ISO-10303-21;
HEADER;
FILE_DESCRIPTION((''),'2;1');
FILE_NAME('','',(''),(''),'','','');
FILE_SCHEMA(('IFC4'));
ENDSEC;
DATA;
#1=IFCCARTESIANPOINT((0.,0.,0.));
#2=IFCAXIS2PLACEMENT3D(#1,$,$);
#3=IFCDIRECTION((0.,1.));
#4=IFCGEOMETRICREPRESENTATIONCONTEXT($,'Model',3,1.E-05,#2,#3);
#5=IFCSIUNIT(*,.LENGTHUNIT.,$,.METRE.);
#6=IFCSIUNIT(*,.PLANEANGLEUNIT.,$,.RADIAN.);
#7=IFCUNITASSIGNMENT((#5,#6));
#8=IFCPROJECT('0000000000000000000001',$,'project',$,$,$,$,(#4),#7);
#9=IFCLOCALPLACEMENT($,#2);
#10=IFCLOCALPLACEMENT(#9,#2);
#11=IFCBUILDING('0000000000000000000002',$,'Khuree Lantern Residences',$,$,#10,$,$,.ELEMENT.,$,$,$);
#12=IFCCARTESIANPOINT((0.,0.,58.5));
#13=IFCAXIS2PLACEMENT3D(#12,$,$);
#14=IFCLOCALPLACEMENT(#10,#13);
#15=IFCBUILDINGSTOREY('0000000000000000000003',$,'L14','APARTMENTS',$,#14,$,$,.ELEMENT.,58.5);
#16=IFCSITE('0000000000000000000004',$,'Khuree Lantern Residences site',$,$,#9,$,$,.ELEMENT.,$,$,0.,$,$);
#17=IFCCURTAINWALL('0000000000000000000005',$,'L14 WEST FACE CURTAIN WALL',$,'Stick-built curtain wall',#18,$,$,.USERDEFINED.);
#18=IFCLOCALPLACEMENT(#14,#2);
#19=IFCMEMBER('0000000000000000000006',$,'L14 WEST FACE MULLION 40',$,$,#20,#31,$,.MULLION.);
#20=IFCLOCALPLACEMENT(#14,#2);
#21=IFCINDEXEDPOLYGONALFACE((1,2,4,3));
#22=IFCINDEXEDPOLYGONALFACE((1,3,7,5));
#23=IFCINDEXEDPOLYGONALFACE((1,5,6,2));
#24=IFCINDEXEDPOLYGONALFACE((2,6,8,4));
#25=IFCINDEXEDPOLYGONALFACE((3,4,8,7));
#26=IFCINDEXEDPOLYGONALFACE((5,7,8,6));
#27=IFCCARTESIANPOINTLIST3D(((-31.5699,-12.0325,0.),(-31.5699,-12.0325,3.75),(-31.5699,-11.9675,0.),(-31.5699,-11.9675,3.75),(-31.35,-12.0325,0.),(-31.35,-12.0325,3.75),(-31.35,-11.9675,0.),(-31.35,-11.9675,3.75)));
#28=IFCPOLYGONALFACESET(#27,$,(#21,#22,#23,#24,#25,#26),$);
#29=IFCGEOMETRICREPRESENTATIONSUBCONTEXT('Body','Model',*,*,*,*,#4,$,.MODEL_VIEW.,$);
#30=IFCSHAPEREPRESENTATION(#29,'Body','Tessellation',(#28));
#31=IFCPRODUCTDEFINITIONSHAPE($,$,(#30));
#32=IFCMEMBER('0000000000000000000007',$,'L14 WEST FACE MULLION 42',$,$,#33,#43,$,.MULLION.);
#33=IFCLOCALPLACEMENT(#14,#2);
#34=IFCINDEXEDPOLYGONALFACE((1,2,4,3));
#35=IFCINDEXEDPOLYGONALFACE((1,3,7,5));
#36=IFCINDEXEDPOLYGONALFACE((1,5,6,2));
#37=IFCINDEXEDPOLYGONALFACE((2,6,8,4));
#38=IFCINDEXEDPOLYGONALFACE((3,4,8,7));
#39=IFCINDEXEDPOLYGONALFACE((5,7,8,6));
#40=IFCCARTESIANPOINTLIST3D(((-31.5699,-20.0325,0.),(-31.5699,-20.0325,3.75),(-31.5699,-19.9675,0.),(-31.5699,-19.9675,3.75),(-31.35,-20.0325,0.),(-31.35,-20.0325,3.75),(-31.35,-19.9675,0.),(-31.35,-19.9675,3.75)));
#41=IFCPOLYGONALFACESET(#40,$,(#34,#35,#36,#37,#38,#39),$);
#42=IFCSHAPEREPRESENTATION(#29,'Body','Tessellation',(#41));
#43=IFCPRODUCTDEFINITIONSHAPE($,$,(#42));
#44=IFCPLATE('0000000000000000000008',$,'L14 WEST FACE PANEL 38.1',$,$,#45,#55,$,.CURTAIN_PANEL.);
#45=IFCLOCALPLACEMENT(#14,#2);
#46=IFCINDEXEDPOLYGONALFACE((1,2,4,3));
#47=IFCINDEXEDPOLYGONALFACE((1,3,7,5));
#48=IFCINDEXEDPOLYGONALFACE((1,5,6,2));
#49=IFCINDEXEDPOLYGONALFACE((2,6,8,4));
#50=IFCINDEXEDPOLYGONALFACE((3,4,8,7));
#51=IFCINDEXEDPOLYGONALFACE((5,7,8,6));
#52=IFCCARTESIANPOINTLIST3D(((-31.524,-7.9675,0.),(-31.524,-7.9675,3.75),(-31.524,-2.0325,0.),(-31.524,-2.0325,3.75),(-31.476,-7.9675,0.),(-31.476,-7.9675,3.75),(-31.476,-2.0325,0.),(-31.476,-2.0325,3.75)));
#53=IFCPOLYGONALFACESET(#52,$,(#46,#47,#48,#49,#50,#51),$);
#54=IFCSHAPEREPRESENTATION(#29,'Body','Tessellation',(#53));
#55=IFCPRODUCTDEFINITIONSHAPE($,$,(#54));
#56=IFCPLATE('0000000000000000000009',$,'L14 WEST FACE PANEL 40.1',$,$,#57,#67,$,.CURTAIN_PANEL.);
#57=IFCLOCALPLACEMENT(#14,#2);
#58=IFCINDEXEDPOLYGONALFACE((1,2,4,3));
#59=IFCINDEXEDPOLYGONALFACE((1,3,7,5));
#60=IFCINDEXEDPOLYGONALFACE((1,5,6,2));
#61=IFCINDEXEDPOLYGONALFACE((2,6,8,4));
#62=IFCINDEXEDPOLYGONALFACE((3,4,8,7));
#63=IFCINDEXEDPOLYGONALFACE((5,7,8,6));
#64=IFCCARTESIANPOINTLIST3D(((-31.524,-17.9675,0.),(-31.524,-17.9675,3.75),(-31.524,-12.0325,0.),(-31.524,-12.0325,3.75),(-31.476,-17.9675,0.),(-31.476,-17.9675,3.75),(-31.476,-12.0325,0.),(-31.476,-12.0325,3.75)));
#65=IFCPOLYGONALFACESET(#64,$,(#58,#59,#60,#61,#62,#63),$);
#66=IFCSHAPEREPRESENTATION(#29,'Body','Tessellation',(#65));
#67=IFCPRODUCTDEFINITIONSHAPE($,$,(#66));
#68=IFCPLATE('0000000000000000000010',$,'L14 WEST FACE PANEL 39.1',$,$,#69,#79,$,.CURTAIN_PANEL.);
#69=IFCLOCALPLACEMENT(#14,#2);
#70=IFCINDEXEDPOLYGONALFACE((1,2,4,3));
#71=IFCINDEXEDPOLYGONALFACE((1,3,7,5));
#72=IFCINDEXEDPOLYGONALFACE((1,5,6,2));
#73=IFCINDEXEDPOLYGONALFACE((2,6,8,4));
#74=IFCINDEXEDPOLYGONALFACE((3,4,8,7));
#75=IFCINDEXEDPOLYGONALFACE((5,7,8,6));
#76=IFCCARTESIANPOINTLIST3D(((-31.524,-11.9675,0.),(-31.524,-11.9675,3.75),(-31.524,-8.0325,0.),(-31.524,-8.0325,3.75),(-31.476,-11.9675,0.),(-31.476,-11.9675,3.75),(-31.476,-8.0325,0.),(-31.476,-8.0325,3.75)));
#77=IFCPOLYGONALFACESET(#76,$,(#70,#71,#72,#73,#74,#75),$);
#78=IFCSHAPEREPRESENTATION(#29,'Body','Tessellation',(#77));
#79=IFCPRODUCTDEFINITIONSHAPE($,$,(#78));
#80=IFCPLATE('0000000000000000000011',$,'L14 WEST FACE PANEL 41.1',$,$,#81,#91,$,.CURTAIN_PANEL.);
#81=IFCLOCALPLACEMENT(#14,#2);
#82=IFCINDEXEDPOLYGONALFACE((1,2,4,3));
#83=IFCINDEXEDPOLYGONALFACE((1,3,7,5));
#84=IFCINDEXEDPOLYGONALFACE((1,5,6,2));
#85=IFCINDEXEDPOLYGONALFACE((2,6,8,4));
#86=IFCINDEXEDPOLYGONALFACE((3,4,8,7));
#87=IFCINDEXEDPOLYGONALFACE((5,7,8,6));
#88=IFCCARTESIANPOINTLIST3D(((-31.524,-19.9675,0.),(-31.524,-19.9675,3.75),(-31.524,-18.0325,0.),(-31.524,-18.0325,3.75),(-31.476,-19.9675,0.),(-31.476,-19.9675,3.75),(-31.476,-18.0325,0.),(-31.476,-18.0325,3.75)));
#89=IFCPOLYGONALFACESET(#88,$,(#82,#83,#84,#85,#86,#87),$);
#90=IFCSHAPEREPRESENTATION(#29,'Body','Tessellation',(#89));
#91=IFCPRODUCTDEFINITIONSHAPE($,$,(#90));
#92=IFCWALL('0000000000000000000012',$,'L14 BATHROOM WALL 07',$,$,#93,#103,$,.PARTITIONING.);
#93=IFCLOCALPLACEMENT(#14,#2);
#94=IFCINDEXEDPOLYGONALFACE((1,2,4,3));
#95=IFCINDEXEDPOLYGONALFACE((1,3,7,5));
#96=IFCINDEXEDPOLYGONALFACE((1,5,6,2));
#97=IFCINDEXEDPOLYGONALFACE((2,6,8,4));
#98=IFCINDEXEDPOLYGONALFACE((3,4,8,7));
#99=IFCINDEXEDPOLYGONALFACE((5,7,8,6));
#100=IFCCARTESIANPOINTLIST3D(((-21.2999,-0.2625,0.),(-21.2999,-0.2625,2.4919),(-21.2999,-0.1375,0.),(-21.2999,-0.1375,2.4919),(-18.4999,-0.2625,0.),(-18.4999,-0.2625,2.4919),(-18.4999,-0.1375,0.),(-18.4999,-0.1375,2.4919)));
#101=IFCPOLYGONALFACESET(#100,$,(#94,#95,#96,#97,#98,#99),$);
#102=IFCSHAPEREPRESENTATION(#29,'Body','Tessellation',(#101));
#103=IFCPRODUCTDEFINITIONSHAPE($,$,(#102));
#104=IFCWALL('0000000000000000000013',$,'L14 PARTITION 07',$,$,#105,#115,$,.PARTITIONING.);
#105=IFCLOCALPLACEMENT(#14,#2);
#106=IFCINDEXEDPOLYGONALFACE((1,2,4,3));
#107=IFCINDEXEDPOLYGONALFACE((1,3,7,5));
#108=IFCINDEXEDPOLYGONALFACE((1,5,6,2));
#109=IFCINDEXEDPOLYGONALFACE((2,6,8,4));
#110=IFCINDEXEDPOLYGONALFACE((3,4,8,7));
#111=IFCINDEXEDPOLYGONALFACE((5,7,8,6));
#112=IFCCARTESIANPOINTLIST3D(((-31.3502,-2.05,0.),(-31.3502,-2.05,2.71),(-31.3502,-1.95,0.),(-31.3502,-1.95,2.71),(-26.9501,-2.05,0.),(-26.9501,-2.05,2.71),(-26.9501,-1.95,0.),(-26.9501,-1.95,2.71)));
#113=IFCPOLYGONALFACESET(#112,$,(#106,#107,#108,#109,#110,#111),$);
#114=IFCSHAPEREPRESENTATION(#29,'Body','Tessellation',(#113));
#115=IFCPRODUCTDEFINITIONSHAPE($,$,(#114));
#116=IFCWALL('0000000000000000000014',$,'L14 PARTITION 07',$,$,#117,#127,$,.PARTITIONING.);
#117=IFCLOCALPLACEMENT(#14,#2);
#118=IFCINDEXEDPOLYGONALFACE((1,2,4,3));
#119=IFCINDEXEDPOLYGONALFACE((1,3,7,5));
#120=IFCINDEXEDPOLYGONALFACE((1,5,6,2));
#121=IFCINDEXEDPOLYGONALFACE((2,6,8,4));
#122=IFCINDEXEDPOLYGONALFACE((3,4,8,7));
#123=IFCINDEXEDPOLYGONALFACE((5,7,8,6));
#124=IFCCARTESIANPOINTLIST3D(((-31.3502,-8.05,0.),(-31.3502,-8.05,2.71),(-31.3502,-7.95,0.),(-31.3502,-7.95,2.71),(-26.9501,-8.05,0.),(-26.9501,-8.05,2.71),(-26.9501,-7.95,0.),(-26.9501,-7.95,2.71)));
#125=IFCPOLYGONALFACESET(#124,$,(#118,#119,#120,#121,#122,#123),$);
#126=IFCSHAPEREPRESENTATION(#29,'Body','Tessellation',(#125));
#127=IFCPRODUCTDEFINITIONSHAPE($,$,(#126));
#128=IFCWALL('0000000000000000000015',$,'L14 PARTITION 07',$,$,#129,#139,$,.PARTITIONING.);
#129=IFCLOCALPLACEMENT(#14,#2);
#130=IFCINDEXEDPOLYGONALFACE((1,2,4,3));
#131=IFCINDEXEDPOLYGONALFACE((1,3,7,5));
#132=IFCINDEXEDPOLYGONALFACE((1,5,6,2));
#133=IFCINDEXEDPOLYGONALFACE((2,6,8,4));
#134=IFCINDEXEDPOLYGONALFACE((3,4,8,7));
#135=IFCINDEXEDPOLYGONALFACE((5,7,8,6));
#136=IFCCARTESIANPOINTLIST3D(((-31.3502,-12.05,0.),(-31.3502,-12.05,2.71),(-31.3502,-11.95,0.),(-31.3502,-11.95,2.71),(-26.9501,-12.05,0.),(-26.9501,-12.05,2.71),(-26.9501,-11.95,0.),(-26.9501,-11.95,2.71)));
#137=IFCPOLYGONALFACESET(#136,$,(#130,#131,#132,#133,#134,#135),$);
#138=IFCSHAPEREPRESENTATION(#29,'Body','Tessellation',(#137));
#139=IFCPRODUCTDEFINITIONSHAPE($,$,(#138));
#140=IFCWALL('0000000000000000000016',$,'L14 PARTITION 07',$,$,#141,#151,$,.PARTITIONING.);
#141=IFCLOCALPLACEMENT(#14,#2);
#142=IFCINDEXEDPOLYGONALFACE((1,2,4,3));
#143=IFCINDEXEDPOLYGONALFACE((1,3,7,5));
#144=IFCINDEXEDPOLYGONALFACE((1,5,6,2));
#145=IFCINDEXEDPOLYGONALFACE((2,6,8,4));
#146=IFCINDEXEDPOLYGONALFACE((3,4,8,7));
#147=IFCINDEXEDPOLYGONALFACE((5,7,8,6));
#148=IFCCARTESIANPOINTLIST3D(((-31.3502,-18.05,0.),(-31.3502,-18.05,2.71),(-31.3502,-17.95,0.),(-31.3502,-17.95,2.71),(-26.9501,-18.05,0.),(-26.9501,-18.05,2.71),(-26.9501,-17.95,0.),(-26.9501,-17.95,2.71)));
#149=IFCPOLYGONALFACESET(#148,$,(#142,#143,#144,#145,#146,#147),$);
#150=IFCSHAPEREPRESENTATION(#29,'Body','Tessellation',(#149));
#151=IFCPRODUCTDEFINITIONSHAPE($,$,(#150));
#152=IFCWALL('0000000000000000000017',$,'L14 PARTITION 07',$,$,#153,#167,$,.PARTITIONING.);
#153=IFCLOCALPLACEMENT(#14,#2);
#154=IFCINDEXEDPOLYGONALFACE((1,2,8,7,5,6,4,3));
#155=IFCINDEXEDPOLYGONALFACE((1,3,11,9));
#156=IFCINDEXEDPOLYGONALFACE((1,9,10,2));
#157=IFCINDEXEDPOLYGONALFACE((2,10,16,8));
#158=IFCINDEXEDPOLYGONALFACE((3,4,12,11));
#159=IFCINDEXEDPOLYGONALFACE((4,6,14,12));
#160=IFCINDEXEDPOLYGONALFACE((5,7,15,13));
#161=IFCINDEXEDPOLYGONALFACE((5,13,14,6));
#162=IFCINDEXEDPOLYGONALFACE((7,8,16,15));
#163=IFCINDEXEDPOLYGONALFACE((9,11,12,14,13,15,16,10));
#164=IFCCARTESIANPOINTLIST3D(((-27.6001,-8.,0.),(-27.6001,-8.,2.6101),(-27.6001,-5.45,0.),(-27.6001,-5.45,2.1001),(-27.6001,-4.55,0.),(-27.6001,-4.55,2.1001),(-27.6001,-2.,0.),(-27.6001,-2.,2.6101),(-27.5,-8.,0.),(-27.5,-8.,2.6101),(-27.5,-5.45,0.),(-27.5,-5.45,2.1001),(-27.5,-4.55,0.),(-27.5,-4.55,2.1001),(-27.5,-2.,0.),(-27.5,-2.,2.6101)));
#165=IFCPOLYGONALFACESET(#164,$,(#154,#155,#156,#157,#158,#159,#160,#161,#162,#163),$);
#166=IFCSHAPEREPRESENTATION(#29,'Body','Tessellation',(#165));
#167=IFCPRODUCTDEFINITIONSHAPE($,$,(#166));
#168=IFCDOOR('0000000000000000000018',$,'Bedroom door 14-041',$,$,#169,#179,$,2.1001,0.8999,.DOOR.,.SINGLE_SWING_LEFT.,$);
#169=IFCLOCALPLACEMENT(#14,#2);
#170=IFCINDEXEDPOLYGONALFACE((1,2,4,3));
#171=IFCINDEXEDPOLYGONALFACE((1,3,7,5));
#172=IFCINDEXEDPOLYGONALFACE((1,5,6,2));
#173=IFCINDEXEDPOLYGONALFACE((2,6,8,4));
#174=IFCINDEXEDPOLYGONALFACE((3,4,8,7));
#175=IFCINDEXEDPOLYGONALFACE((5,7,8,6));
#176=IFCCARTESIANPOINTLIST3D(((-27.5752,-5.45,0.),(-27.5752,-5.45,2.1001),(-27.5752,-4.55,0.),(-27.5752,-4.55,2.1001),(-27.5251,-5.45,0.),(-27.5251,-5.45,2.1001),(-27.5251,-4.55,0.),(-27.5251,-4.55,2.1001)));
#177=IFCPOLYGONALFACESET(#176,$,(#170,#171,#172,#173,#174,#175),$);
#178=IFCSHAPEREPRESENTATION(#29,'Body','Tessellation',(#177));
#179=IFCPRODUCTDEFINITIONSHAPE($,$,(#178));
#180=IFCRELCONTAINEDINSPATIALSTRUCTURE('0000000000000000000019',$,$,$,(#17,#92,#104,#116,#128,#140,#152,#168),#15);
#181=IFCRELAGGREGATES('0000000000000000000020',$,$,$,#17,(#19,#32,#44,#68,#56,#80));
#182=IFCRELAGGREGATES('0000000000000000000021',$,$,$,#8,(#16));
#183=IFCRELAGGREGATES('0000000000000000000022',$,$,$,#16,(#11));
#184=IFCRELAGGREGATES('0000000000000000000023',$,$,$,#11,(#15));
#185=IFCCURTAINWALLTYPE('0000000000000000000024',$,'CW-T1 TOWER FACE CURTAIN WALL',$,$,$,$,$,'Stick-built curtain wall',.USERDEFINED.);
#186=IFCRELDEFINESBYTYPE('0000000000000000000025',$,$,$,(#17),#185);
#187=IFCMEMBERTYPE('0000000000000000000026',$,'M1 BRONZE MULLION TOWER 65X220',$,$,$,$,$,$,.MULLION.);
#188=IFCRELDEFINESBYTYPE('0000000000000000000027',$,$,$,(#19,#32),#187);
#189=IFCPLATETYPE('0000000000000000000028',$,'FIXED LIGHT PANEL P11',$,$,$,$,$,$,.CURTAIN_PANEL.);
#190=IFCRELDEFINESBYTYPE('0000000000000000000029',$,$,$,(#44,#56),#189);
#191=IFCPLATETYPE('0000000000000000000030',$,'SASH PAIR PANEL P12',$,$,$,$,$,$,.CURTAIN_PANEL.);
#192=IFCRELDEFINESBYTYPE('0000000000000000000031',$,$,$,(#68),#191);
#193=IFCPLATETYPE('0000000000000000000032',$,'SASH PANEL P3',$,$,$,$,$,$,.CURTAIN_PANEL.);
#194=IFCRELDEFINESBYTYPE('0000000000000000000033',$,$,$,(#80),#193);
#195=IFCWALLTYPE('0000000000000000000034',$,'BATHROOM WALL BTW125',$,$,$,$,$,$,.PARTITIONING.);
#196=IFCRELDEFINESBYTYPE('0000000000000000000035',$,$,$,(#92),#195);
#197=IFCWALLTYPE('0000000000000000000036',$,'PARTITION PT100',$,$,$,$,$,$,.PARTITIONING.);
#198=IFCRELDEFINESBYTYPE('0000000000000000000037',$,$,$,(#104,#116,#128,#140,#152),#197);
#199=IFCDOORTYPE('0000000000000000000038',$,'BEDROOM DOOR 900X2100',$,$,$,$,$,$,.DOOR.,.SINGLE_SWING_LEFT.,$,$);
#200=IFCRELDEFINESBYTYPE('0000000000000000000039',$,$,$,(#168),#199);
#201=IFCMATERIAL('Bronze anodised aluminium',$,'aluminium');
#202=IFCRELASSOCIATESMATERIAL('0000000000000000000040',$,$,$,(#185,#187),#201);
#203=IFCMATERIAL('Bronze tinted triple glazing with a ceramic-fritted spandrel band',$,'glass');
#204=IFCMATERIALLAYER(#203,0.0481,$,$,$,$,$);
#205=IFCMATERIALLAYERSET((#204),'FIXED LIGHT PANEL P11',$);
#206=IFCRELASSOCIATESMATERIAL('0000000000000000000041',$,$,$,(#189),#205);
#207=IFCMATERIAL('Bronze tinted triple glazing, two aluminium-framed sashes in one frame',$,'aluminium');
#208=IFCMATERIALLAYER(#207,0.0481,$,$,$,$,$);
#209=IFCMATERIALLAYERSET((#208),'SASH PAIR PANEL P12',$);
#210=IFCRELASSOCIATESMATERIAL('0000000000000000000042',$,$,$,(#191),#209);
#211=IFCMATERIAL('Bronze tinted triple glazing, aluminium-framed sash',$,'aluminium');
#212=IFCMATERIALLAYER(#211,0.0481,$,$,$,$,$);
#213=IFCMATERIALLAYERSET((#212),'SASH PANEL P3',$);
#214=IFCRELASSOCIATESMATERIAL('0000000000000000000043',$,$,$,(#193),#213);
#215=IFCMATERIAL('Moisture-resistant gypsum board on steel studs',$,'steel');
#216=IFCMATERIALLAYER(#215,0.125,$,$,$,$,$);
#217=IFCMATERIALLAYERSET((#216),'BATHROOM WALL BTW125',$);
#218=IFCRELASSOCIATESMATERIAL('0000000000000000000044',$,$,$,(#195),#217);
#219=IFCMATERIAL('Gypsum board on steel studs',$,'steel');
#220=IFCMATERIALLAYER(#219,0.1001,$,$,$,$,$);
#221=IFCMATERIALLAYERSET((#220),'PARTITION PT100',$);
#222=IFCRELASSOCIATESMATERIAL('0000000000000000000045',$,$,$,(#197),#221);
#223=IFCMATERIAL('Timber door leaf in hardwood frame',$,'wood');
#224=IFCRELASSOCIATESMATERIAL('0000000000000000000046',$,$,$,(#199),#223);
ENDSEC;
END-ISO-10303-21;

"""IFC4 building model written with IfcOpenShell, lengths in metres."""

from ifc_helpers import new_model, si_unit, direction, frame, frame_2d, origin, origin_2d, place, context, subcontext, project, spatial, rectangle, extrude, material, layer, layer_set, material_profile, profile_set, type_object, element, fill, aggregate, save


model = new_model("IFC4")

# Units and contexts
model_context = context("Model", 3, precision=1e-05, world=origin(), true_north=direction((0.0, 1.0)))
body_context = subcontext(model_context, "Body", "Model", "MODEL_VIEW")
ifc_project = project(units=[si_unit("LENGTHUNIT", "METRE"), si_unit("PLANEANGLEUNIT", "RADIAN")], contexts=[model_context])

# Site, building, storey
site_placement = place(None, origin())
site = spatial("IfcSite", under=ifc_project, at=site_placement, Name="Khuree Lantern Residences site", CompositionType="ELEMENT", RefElevation=0.0)
building_placement = place(site_placement, origin())
building = spatial("IfcBuilding", under=site, at=building_placement, Name="Khuree Lantern Residences", CompositionType="ELEMENT")
storey_placement = place(building_placement, frame((0.0, 0.0, 58.5)))
storey = spatial("IfcBuildingStorey", under=building, at=storey_placement, Name="L14", Description="APARTMENTS", CompositionType="ELEMENT", Elevation=58.5)

# Curtain wall
ifc_material_1 = material(Name="Bronze anodised aluminium", Category="aluminium")
curtain_wall_type = type_object("IfcCurtainWallType", Name="CW-T1 TOWER FACE CURTAIN WALL", ElementType="Stick-built curtain wall", PredefinedType="USERDEFINED", material=ifc_material_1)
curtain_wall_placement = place(storey_placement, origin())
curtain_wall = element("IfcCurtainWall", 1, at=curtain_wall_placement, inside=storey, type_object=curtain_wall_type, Name="L14 WEST FACE CURTAIN WALL", ObjectType="Stick-built curtain wall", PredefinedType="USERDEFINED")

# Members
ifc_material_profile_1 = material_profile(ifc_material_1, rectangle(XDim=0.0649, YDim=0.22, at=origin_2d()), Name="M1 65X220")
ifc_profile_set_1 = profile_set([ifc_material_profile_1], Name="Bronze anodised aluminium")
member_type_1 = type_object("IfcMemberType", Name="M1 BRONZE MULLION TOWER 65X220", PredefinedType="MULLION", material=ifc_profile_set_1)
member_1_placement = place(storey_placement, frame((-31.46, -12.0, 0.0), z_axis=(0.0, 0.0, 1.0), x_axis=(0.0, -1.0, 0.0)))
member_1 = element("IfcMember", 2, at=member_1_placement, type_object=member_type_1, Name="L14 WEST FACE MULLION 40", PredefinedType="MULLION", context=body_context, shape_type="SweptSolid", body=[
    extrude(rectangle(XDim=0.0649, YDim=0.22, at=origin_2d()), origin(), (0.0, 0.0, 1.0), 3.75),
])
member_2_placement = place(storey_placement, frame((-31.46, -20.0, 0.0), z_axis=(0.0, 0.0, 1.0), x_axis=(0.0, -1.0, 0.0)))
member_2 = element("IfcMember", 3, at=member_2_placement, type_object=member_type_1, Name="L14 WEST FACE MULLION 42", PredefinedType="MULLION", context=body_context, shape_type="SweptSolid", body=[
    extrude(rectangle(XDim=0.0649, YDim=0.22, at=origin_2d()), origin(), (0.0, 0.0, 1.0), 3.75),
])

# Plates
ifc_material_2 = material(Name="Bronze tinted triple glazing with a ceramic-fritted spandrel band", Category="glass")
ifc_layer_1 = layer(ifc_material_2, 0.0481)
ifc_layer_set_1 = layer_set([ifc_layer_1], Name="FIXED LIGHT PANEL P11")
plate_type_1 = type_object("IfcPlateType", Name="FIXED LIGHT PANEL P11", PredefinedType="CURTAIN_PANEL", material=ifc_layer_set_1)
plate_1_placement = place(storey_placement, frame((-31.5, -5.0, 0.0), z_axis=(0.0, 0.0, 1.0), x_axis=(0.0, -1.0, 0.0)))
plate_1 = element("IfcPlate", 4, at=plate_1_placement, type_object=plate_type_1, Name="L14 WEST FACE PANEL 38.1", PredefinedType="CURTAIN_PANEL", context=body_context, shape_type="SweptSolid", body=[
    extrude(rectangle(XDim=5.9351, YDim=0.0481, at=origin_2d()), origin(), (0.0, 0.0, 1.0), 3.75),
])
plate_2_placement = place(storey_placement, frame((-31.5, -15.0, 0.0), z_axis=(0.0, 0.0, 1.0), x_axis=(0.0, -1.0, 0.0)))
plate_2 = element("IfcPlate", 5, at=plate_2_placement, type_object=plate_type_1, Name="L14 WEST FACE PANEL 40.1", PredefinedType="CURTAIN_PANEL", context=body_context, shape_type="SweptSolid", body=[
    extrude(rectangle(XDim=5.9351, YDim=0.0481, at=origin_2d()), origin(), (0.0, 0.0, 1.0), 3.75),
])
ifc_material_3 = material(Name="Bronze tinted triple glazing, two aluminium-framed sashes in one frame", Category="aluminium")
ifc_layer_2 = layer(ifc_material_3, 0.0481)
ifc_layer_set_2 = layer_set([ifc_layer_2], Name="SASH PAIR PANEL P12")
plate_type_2 = type_object("IfcPlateType", Name="SASH PAIR PANEL P12", PredefinedType="CURTAIN_PANEL", material=ifc_layer_set_2)
plate_3_placement = place(storey_placement, frame((-31.5, -10.0, 0.0), z_axis=(0.0, 0.0, 1.0), x_axis=(0.0, -1.0, 0.0)))
plate_3 = element("IfcPlate", 6, at=plate_3_placement, type_object=plate_type_2, Name="L14 WEST FACE PANEL 39.1", PredefinedType="CURTAIN_PANEL", context=body_context, shape_type="SweptSolid", body=[
    extrude(rectangle(XDim=3.9351, YDim=0.0481, at=origin_2d()), origin(), (0.0, 0.0, 1.0), 3.75),
])
ifc_material_4 = material(Name="Bronze tinted triple glazing, aluminium-framed sash", Category="aluminium")
ifc_layer_3 = layer(ifc_material_4, 0.0481)
ifc_layer_set_3 = layer_set([ifc_layer_3], Name="SASH PANEL P3")
plate_type_3 = type_object("IfcPlateType", Name="SASH PANEL P3", PredefinedType="CURTAIN_PANEL", material=ifc_layer_set_3)
plate_4_placement = place(storey_placement, frame((-31.5, -19.0, 0.0), z_axis=(0.0, 0.0, 1.0), x_axis=(0.0, -1.0, 0.0)))
plate_4 = element("IfcPlate", 7, at=plate_4_placement, type_object=plate_type_3, Name="L14 WEST FACE PANEL 41.1", PredefinedType="CURTAIN_PANEL", context=body_context, shape_type="SweptSolid", body=[
    extrude(rectangle(XDim=1.9351, YDim=0.0481, at=origin_2d()), origin(), (0.0, 0.0, 1.0), 3.75),
])
aggregate(curtain_wall, [member_1, member_2, plate_1, plate_3, plate_2, plate_4])

# Walls
ifc_material_5 = material(Name="Moisture-resistant gypsum board on steel studs", Category="steel")
ifc_layer_4 = layer(ifc_material_5, 0.125)
ifc_layer_set_4 = layer_set([ifc_layer_4], Name="BATHROOM WALL BTW125")
wall_type_1 = type_object("IfcWallType", Name="BATHROOM WALL BTW125", PredefinedType="PARTITIONING", material=ifc_layer_set_4)
wall_1_placement = place(storey_placement, frame((-18.5, -0.2, 0.0), z_axis=(0.0, 0.0, 1.0), x_axis=(-1.0, 0.0, 0.0)))
element("IfcWall", 8, at=wall_1_placement, inside=storey, type_object=wall_type_1, Name="L14 BATHROOM WALL 07", PredefinedType="PARTITIONING", context=body_context, shape_type="SweptSolid", body=[
    extrude(rectangle(XDim=2.8, YDim=0.125, at=frame_2d((1.3999, 0.0))), origin(), (0.0, 0.0, 1.0), 2.4919),
])
ifc_material_6 = material(Name="Gypsum board on steel studs", Category="steel")
ifc_layer_5 = layer(ifc_material_6, 0.1001)
ifc_layer_set_5 = layer_set([ifc_layer_5], Name="PARTITION PT100")
wall_type_2 = type_object("IfcWallType", Name="PARTITION PT100", PredefinedType="PARTITIONING", material=ifc_layer_set_5)
for number, where, z_axis, x_axis, name in (
    (9, (-26.95, -2.0, 0.0), (0.0, 0.0, 1.0), (-1.0, 0.0, 0.0), "L14 PARTITION 07"),
    (10, (-26.95, -8.0, 0.0), (0.0, 0.0, 1.0), (-1.0, 0.0, 0.0), "L14 PARTITION 07"),
    (11, (-26.95, -12.0, 0.0), (0.0, 0.0, 1.0), (-1.0, 0.0, 0.0), "L14 PARTITION 07"),
    (12, (-26.95, -18.0, 0.0), (0.0, 0.0, 1.0), (-1.0, 0.0, 0.0), "L14 PARTITION 07"),
):
    element("IfcWall", number, at=place(storey_placement, frame(where, z_axis=z_axis, x_axis=x_axis)), inside=storey, type_object=wall_type_2, Name=name, PredefinedType="PARTITIONING", context=body_context, shape_type="SweptSolid", body=[
        extrude(rectangle(XDim=4.4001, YDim=0.1001, at=frame_2d((2.2002, 0.0))), origin(), (0.0, 0.0, 1.0), 2.71),
    ])

# Wall, opening, door
wall_2_placement = place(storey_placement, frame((-27.55, -2.0, 0.0), z_axis=(0.0, 0.0, 1.0), x_axis=(0.0, -1.0, 0.0)))
wall_2 = element("IfcWall", 13, at=wall_2_placement, inside=storey, type_object=wall_type_2, Name="L14 PARTITION 07", PredefinedType="PARTITIONING", context=body_context, shape_type="SweptSolid", body=[
    extrude(rectangle(XDim=6.0, YDim=0.1001, at=frame_2d((3.0, 0.0))), origin(), (0.0, 0.0, 1.0), 2.6101),
])
opening_1_placement = place(wall_2_placement, frame((2.55, 0.0, 0.0)))
opening_1 = element("IfcOpeningElement", 14, at=opening_1_placement, cuts=wall_2, PredefinedType="OPENING", context=body_context, shape_type="SweptSolid", body=[
    extrude(rectangle(XDim=0.8999, YDim=2.1001, at=frame_2d((0.45, 1.05))), frame((0.0, 0.0601, 0.0), z_axis=(0.0, -1.0, 0.0), x_axis=(1.0, 0.0, 0.0)), (0.0, 0.0, 1.0), 0.1201),
])
ifc_material_7 = material(Name="Timber door leaf in hardwood frame", Category="wood")
door_type = type_object("IfcDoorType", Name="BEDROOM DOOR 900X2100", OperationType="SINGLE_SWING_LEFT", PredefinedType="DOOR", material=ifc_material_7)
door_1_placement = place(opening_1_placement, origin())
door_1 = element("IfcDoor", 15, at=door_1_placement, inside=storey, type_object=door_type, Name="Bedroom door 14-041", OperationType="SINGLE_SWING_LEFT", OverallHeight=2.1001, OverallWidth=0.8999, PredefinedType="DOOR", context=body_context, shape_type="SweptSolid", body=[
    extrude(rectangle(XDim=0.8999, YDim=2.1001, at=frame_2d((0.45, 1.05))), frame((0.0, 0.0249, 0.0), z_axis=(0.0, -1.0, 0.0), x_axis=(1.0, 0.0, 0.0)), (0.0, 0.0, 1.0), 0.05),
])
fill(opening_1, door_1)

save(model, "model.ifc")
